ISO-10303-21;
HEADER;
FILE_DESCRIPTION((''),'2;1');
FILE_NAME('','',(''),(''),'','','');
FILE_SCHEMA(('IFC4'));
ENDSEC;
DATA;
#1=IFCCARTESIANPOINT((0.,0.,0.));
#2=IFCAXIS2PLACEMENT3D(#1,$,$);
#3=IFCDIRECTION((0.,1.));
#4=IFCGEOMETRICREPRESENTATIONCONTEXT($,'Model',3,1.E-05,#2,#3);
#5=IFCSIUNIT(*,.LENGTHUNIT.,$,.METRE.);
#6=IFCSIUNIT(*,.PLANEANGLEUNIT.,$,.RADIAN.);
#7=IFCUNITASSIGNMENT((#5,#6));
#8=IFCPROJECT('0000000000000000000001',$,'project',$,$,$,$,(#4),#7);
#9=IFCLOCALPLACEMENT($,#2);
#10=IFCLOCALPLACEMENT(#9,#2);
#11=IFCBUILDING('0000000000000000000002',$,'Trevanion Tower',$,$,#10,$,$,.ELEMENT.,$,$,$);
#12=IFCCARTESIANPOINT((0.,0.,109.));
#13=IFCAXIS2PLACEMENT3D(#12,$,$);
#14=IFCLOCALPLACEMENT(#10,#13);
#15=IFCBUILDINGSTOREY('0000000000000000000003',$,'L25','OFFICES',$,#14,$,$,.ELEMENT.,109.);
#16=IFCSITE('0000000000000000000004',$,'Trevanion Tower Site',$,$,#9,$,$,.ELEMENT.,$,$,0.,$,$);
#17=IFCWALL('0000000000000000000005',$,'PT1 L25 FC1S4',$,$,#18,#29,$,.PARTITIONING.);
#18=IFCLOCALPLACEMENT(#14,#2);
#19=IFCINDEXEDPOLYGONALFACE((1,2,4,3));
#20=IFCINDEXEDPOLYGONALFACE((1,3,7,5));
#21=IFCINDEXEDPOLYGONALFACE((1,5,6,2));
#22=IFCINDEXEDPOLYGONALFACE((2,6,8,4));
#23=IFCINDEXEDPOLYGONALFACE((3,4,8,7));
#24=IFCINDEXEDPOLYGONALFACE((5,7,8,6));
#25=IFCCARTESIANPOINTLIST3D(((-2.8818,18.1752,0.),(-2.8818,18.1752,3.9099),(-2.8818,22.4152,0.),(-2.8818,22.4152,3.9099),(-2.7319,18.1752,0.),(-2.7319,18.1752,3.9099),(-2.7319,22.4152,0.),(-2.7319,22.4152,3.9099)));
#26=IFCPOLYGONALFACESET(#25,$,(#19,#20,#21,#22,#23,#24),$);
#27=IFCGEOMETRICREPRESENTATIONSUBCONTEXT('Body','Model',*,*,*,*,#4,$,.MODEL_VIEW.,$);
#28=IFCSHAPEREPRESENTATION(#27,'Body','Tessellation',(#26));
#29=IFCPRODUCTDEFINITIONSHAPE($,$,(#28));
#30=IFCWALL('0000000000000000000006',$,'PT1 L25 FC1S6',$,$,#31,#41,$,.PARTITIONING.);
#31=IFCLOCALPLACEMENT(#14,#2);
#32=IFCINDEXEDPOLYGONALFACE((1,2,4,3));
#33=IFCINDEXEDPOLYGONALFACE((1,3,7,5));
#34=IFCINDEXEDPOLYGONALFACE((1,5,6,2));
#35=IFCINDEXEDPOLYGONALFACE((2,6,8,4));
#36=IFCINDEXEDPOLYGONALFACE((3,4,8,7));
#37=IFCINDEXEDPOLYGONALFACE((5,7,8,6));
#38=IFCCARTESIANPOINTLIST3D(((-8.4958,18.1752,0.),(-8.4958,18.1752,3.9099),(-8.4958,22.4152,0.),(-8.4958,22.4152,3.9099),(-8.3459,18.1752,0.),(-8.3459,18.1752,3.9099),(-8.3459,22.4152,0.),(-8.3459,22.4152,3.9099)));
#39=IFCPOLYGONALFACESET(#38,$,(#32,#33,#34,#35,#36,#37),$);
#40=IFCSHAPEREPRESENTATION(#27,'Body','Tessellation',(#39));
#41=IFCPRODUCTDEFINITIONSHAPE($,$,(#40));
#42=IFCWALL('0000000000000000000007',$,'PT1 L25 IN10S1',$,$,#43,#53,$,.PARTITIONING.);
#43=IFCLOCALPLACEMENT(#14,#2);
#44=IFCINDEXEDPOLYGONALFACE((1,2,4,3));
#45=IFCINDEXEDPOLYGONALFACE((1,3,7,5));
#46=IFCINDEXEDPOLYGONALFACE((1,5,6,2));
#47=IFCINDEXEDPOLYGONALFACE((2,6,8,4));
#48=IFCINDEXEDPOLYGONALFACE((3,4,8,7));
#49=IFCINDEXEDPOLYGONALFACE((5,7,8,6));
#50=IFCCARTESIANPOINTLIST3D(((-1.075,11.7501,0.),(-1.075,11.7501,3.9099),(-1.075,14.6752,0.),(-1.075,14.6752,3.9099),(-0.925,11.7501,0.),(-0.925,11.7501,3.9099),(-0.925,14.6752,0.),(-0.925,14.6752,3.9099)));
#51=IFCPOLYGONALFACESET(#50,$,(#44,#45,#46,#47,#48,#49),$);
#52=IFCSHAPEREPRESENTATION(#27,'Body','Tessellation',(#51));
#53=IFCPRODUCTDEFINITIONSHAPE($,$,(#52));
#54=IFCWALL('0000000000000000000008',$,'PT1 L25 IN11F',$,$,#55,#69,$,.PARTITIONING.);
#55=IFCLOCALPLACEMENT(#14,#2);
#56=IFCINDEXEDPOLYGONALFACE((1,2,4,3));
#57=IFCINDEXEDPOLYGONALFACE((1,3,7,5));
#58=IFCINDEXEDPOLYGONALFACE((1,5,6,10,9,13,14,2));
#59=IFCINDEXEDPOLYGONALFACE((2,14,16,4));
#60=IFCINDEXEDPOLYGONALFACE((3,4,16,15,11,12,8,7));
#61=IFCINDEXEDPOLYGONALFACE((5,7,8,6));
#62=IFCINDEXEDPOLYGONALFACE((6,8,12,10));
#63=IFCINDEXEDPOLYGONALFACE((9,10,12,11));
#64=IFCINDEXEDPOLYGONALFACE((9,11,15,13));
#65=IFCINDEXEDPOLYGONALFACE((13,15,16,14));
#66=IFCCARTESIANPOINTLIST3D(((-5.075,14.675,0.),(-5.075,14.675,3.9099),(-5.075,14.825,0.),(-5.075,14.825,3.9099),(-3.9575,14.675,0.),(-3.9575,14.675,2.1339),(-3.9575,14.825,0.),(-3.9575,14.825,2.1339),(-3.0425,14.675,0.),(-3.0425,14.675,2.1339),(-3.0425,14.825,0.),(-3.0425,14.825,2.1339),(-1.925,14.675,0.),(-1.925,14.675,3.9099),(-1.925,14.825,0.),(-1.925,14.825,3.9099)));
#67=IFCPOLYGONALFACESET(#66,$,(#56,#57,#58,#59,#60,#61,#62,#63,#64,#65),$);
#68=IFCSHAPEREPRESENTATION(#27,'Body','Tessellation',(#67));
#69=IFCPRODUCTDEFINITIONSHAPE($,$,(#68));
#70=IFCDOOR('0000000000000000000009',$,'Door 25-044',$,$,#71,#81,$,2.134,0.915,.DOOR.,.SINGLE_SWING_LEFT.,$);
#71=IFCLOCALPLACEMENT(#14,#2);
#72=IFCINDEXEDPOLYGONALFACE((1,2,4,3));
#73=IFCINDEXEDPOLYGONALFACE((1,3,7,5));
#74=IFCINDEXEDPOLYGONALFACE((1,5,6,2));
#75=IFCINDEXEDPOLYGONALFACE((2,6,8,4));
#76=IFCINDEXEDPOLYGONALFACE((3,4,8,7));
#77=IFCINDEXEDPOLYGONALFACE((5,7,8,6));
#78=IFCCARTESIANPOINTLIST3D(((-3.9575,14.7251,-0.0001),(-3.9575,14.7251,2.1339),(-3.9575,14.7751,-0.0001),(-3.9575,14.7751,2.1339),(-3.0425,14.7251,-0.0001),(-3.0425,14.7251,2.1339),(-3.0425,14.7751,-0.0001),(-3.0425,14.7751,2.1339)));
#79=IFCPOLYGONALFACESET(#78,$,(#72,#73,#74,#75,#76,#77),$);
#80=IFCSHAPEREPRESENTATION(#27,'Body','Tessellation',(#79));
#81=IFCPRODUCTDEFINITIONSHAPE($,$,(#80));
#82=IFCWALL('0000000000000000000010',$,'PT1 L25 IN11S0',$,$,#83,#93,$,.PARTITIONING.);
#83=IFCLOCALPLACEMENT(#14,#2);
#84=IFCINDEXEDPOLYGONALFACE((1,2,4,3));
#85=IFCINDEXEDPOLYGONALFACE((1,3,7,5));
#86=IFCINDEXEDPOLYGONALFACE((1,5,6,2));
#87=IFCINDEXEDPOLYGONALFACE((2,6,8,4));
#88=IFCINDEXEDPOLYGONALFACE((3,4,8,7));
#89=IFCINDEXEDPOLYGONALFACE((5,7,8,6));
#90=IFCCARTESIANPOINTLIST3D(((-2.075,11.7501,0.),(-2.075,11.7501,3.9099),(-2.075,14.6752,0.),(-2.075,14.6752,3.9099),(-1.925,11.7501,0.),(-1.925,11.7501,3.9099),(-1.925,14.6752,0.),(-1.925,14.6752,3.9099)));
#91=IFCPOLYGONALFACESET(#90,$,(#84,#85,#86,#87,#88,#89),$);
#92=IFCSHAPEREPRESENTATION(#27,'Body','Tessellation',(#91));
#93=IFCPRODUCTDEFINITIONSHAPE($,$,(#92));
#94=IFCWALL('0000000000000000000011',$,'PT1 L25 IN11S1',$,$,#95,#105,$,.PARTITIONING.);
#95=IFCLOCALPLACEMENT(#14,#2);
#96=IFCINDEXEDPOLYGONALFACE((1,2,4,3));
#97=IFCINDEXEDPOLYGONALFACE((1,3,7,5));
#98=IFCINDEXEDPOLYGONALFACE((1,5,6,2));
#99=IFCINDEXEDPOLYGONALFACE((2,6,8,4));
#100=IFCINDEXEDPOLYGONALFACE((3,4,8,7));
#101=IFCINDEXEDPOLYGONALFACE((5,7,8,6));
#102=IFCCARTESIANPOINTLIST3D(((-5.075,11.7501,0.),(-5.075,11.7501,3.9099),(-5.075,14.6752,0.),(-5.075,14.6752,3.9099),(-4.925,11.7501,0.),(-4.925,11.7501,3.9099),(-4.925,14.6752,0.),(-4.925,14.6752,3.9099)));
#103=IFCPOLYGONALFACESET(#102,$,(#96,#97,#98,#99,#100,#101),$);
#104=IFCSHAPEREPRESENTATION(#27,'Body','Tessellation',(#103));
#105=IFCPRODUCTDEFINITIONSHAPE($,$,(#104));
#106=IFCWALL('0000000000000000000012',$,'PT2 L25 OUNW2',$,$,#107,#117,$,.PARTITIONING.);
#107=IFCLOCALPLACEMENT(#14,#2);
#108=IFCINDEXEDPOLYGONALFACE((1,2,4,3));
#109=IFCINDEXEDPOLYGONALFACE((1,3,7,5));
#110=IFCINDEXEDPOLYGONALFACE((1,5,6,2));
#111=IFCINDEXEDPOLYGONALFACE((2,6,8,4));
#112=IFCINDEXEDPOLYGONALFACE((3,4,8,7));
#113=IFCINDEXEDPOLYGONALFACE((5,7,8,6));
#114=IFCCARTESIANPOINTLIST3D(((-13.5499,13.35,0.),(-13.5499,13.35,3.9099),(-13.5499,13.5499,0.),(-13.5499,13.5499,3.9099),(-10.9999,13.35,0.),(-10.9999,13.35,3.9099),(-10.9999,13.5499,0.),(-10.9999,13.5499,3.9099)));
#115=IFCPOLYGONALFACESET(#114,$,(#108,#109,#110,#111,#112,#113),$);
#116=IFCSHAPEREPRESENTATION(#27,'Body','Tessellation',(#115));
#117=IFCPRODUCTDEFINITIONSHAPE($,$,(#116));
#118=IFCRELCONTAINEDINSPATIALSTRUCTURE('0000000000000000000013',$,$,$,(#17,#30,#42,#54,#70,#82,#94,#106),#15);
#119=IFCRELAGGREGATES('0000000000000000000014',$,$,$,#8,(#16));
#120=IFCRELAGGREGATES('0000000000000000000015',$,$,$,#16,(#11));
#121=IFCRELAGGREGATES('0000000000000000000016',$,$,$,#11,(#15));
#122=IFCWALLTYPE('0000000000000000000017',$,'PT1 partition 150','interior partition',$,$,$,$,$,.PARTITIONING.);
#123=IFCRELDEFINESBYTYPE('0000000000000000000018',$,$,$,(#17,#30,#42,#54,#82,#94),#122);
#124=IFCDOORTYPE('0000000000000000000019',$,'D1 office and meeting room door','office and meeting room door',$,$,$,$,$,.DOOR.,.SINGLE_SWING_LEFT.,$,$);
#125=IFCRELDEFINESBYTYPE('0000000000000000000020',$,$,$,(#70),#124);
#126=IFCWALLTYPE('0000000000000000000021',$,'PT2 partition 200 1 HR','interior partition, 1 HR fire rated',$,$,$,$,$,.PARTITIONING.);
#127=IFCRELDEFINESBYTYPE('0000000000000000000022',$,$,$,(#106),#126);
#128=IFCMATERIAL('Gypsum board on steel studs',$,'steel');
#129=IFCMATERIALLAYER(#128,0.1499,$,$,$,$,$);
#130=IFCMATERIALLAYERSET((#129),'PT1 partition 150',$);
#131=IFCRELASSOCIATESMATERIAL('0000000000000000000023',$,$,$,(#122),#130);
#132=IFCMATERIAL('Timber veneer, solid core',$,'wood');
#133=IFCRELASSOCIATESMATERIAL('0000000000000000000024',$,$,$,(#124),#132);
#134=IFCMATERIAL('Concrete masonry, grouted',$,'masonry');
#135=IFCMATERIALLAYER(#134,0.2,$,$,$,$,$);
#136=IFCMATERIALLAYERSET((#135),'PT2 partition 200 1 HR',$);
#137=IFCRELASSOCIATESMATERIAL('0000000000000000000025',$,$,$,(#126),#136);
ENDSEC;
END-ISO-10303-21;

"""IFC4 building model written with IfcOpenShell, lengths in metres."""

from ifc_helpers import new_model, si_unit, direction, frame, frame_2d, origin, place, context, subcontext, project, spatial, rectangle, extrude, material, layer, layer_set, type_object, element, fill, save


model = new_model("IFC4")

# Units and contexts
model_context = context("Model", 3, precision=1e-05, world=origin(), true_north=direction((0.0, 1.0)))
body_context = subcontext(model_context, "Body", "Model", "MODEL_VIEW")
ifc_project = project(units=[si_unit("LENGTHUNIT", "METRE"), si_unit("PLANEANGLEUNIT", "RADIAN")], contexts=[model_context])

# Site, building, storey
site_placement = place(None, origin())
site = spatial("IfcSite", under=ifc_project, at=site_placement, Name="Trevanion Tower Site", CompositionType="ELEMENT", RefElevation=0.0)
building_placement = place(site_placement, origin())
building = spatial("IfcBuilding", under=site, at=building_placement, Name="Trevanion Tower", CompositionType="ELEMENT")
storey_placement = place(building_placement, frame((0.0, 0.0, 109.0)))
storey = spatial("IfcBuildingStorey", under=building, at=storey_placement, Name="L25", Description="OFFICES", CompositionType="ELEMENT", Elevation=109.0)

# Walls
ifc_material_1 = material(Name="Gypsum board on steel studs", Category="steel")
ifc_layer_1 = layer(ifc_material_1, 0.1499)
ifc_layer_set_1 = layer_set([ifc_layer_1], Name="PT1 partition 150")
wall_type_1 = type_object("IfcWallType", Name="PT1 partition 150", Description="interior partition", PredefinedType="PARTITIONING", material=ifc_layer_set_1)
for number, where, z_axis, x_axis, name in (
    (1, (-2.8069, 18.175, 0.0), (0.0, 0.0, 1.0), (0.0, 1.0, 0.0), "PT1 L25 FC1S4"),
    (2, (-8.4209, 18.175, 0.0), (0.0, 0.0, 1.0), (0.0, 1.0, 0.0), "PT1 L25 FC1S6"),
):
    element("IfcWall", number, at=place(storey_placement, frame(where, z_axis=z_axis, x_axis=x_axis)), inside=storey, type_object=wall_type_1, Name=name, PredefinedType="PARTITIONING", context=body_context, shape_type="SweptSolid", body=[
        extrude(rectangle(XDim=4.24, YDim=0.1499, at=frame_2d((2.1201, 0.0))), origin(), (0.0, 0.0, 1.0), 3.9099),
    ])
wall_1_placement = place(storey_placement, frame((-1.0, 14.675, 0.0), z_axis=(0.0, 0.0, 1.0), x_axis=(0.0, -1.0, 0.0)))
element("IfcWall", 3, at=wall_1_placement, inside=storey, type_object=wall_type_1, Name="PT1 L25 IN10S1", PredefinedType="PARTITIONING", context=body_context, shape_type="SweptSolid", body=[
    extrude(rectangle(XDim=2.925, YDim=0.1499, at=frame_2d((1.4624, 0.0))), origin(), (0.0, 0.0, 1.0), 3.9099),
])

# Wall, opening, door
wall_2_placement = place(storey_placement, frame((-1.925, 14.75, 0.0), z_axis=(0.0, 0.0, 1.0), x_axis=(-1.0, 0.0, 0.0)))
wall_2 = element("IfcWall", 4, at=wall_2_placement, inside=storey, type_object=wall_type_1, Name="PT1 L25 IN11F", PredefinedType="PARTITIONING", context=body_context, shape_type="SweptSolid", body=[
    extrude(rectangle(XDim=3.1499, YDim=0.1499, at=frame_2d((1.575, 0.0))), origin(), (0.0, 0.0, 1.0), 3.9099),
])
opening_placement = place(wall_2_placement, frame((1.1174, 0.0, 0.0)))
opening = element("IfcOpeningElement", 5, at=opening_placement, cuts=wall_2, PredefinedType="OPENING", context=body_context, shape_type="SweptSolid", body=[
    extrude(rectangle(XDim=0.915, YDim=2.134, at=frame_2d((0.4575, 1.0669))), frame((0.0, 0.085, 0.0), z_axis=(0.0, -1.0, 0.0), x_axis=(1.0, 0.0, 0.0)), (0.0, 0.0, 1.0), 0.1699),
])
ifc_material_2 = material(Name="Timber veneer, solid core", Category="wood")
door_type = type_object("IfcDoorType", Name="D1 office and meeting room door", Description="office and meeting room door", OperationType="SINGLE_SWING_LEFT", PredefinedType="DOOR", material=ifc_material_2)
door_placement = place(opening_placement, origin())
door = element("IfcDoor", 6, at=door_placement, inside=storey, type_object=door_type, Name="Door 25-044", OperationType="SINGLE_SWING_LEFT", OverallHeight=2.134, OverallWidth=0.915, PredefinedType="DOOR", context=body_context, shape_type="SweptSolid", body=[
    extrude(rectangle(XDim=0.915, YDim=2.134, at=frame_2d((0.4575, 1.0669))), frame((0.0, 0.0249, 0.0), z_axis=(0.0, -1.0, 0.0), x_axis=(1.0, 0.0, 0.0)), (0.0, 0.0, 1.0), 0.05),
])
fill(opening, door)

# Walls
for number, where, z_axis, x_axis, name in (
    (7, (-2.0, 14.675, 0.0), (0.0, 0.0, 1.0), (0.0, -1.0, 0.0), "PT1 L25 IN11S0"),
    (8, (-5.0, 14.675, 0.0), (0.0, 0.0, 1.0), (0.0, -1.0, 0.0), "PT1 L25 IN11S1"),
):
    element("IfcWall", number, at=place(storey_placement, frame(where, z_axis=z_axis, x_axis=x_axis)), inside=storey, type_object=wall_type_1, Name=name, PredefinedType="PARTITIONING", context=body_context, shape_type="SweptSolid", body=[
        extrude(rectangle(XDim=2.925, YDim=0.1499, at=frame_2d((1.4624, 0.0))), origin(), (0.0, 0.0, 1.0), 3.9099),
    ])
ifc_material_3 = material(Name="Concrete masonry, grouted", Category="masonry")
ifc_layer_2 = layer(ifc_material_3, 0.2)
ifc_layer_set_2 = layer_set([ifc_layer_2], Name="PT2 partition 200 1 HR")
wall_type_2 = type_object("IfcWallType", Name="PT2 partition 200 1 HR", Description="interior partition, 1 HR fire rated", PredefinedType="PARTITIONING", material=ifc_layer_set_2)
wall_3_placement = place(storey_placement, frame((-11.0, 13.45, 0.0), z_axis=(0.0, 0.0, 1.0), x_axis=(-1.0, 0.0, 0.0)))
element("IfcWall", 9, at=wall_3_placement, inside=storey, type_object=wall_type_2, Name="PT2 L25 OUNW2", PredefinedType="PARTITIONING", context=body_context, shape_type="SweptSolid", body=[
    extrude(rectangle(XDim=2.55, YDim=0.2, at=frame_2d((1.2749, 0.0))), origin(), (0.0, 0.0, 1.0), 3.9099),
])

save(model, "model.ifc")
